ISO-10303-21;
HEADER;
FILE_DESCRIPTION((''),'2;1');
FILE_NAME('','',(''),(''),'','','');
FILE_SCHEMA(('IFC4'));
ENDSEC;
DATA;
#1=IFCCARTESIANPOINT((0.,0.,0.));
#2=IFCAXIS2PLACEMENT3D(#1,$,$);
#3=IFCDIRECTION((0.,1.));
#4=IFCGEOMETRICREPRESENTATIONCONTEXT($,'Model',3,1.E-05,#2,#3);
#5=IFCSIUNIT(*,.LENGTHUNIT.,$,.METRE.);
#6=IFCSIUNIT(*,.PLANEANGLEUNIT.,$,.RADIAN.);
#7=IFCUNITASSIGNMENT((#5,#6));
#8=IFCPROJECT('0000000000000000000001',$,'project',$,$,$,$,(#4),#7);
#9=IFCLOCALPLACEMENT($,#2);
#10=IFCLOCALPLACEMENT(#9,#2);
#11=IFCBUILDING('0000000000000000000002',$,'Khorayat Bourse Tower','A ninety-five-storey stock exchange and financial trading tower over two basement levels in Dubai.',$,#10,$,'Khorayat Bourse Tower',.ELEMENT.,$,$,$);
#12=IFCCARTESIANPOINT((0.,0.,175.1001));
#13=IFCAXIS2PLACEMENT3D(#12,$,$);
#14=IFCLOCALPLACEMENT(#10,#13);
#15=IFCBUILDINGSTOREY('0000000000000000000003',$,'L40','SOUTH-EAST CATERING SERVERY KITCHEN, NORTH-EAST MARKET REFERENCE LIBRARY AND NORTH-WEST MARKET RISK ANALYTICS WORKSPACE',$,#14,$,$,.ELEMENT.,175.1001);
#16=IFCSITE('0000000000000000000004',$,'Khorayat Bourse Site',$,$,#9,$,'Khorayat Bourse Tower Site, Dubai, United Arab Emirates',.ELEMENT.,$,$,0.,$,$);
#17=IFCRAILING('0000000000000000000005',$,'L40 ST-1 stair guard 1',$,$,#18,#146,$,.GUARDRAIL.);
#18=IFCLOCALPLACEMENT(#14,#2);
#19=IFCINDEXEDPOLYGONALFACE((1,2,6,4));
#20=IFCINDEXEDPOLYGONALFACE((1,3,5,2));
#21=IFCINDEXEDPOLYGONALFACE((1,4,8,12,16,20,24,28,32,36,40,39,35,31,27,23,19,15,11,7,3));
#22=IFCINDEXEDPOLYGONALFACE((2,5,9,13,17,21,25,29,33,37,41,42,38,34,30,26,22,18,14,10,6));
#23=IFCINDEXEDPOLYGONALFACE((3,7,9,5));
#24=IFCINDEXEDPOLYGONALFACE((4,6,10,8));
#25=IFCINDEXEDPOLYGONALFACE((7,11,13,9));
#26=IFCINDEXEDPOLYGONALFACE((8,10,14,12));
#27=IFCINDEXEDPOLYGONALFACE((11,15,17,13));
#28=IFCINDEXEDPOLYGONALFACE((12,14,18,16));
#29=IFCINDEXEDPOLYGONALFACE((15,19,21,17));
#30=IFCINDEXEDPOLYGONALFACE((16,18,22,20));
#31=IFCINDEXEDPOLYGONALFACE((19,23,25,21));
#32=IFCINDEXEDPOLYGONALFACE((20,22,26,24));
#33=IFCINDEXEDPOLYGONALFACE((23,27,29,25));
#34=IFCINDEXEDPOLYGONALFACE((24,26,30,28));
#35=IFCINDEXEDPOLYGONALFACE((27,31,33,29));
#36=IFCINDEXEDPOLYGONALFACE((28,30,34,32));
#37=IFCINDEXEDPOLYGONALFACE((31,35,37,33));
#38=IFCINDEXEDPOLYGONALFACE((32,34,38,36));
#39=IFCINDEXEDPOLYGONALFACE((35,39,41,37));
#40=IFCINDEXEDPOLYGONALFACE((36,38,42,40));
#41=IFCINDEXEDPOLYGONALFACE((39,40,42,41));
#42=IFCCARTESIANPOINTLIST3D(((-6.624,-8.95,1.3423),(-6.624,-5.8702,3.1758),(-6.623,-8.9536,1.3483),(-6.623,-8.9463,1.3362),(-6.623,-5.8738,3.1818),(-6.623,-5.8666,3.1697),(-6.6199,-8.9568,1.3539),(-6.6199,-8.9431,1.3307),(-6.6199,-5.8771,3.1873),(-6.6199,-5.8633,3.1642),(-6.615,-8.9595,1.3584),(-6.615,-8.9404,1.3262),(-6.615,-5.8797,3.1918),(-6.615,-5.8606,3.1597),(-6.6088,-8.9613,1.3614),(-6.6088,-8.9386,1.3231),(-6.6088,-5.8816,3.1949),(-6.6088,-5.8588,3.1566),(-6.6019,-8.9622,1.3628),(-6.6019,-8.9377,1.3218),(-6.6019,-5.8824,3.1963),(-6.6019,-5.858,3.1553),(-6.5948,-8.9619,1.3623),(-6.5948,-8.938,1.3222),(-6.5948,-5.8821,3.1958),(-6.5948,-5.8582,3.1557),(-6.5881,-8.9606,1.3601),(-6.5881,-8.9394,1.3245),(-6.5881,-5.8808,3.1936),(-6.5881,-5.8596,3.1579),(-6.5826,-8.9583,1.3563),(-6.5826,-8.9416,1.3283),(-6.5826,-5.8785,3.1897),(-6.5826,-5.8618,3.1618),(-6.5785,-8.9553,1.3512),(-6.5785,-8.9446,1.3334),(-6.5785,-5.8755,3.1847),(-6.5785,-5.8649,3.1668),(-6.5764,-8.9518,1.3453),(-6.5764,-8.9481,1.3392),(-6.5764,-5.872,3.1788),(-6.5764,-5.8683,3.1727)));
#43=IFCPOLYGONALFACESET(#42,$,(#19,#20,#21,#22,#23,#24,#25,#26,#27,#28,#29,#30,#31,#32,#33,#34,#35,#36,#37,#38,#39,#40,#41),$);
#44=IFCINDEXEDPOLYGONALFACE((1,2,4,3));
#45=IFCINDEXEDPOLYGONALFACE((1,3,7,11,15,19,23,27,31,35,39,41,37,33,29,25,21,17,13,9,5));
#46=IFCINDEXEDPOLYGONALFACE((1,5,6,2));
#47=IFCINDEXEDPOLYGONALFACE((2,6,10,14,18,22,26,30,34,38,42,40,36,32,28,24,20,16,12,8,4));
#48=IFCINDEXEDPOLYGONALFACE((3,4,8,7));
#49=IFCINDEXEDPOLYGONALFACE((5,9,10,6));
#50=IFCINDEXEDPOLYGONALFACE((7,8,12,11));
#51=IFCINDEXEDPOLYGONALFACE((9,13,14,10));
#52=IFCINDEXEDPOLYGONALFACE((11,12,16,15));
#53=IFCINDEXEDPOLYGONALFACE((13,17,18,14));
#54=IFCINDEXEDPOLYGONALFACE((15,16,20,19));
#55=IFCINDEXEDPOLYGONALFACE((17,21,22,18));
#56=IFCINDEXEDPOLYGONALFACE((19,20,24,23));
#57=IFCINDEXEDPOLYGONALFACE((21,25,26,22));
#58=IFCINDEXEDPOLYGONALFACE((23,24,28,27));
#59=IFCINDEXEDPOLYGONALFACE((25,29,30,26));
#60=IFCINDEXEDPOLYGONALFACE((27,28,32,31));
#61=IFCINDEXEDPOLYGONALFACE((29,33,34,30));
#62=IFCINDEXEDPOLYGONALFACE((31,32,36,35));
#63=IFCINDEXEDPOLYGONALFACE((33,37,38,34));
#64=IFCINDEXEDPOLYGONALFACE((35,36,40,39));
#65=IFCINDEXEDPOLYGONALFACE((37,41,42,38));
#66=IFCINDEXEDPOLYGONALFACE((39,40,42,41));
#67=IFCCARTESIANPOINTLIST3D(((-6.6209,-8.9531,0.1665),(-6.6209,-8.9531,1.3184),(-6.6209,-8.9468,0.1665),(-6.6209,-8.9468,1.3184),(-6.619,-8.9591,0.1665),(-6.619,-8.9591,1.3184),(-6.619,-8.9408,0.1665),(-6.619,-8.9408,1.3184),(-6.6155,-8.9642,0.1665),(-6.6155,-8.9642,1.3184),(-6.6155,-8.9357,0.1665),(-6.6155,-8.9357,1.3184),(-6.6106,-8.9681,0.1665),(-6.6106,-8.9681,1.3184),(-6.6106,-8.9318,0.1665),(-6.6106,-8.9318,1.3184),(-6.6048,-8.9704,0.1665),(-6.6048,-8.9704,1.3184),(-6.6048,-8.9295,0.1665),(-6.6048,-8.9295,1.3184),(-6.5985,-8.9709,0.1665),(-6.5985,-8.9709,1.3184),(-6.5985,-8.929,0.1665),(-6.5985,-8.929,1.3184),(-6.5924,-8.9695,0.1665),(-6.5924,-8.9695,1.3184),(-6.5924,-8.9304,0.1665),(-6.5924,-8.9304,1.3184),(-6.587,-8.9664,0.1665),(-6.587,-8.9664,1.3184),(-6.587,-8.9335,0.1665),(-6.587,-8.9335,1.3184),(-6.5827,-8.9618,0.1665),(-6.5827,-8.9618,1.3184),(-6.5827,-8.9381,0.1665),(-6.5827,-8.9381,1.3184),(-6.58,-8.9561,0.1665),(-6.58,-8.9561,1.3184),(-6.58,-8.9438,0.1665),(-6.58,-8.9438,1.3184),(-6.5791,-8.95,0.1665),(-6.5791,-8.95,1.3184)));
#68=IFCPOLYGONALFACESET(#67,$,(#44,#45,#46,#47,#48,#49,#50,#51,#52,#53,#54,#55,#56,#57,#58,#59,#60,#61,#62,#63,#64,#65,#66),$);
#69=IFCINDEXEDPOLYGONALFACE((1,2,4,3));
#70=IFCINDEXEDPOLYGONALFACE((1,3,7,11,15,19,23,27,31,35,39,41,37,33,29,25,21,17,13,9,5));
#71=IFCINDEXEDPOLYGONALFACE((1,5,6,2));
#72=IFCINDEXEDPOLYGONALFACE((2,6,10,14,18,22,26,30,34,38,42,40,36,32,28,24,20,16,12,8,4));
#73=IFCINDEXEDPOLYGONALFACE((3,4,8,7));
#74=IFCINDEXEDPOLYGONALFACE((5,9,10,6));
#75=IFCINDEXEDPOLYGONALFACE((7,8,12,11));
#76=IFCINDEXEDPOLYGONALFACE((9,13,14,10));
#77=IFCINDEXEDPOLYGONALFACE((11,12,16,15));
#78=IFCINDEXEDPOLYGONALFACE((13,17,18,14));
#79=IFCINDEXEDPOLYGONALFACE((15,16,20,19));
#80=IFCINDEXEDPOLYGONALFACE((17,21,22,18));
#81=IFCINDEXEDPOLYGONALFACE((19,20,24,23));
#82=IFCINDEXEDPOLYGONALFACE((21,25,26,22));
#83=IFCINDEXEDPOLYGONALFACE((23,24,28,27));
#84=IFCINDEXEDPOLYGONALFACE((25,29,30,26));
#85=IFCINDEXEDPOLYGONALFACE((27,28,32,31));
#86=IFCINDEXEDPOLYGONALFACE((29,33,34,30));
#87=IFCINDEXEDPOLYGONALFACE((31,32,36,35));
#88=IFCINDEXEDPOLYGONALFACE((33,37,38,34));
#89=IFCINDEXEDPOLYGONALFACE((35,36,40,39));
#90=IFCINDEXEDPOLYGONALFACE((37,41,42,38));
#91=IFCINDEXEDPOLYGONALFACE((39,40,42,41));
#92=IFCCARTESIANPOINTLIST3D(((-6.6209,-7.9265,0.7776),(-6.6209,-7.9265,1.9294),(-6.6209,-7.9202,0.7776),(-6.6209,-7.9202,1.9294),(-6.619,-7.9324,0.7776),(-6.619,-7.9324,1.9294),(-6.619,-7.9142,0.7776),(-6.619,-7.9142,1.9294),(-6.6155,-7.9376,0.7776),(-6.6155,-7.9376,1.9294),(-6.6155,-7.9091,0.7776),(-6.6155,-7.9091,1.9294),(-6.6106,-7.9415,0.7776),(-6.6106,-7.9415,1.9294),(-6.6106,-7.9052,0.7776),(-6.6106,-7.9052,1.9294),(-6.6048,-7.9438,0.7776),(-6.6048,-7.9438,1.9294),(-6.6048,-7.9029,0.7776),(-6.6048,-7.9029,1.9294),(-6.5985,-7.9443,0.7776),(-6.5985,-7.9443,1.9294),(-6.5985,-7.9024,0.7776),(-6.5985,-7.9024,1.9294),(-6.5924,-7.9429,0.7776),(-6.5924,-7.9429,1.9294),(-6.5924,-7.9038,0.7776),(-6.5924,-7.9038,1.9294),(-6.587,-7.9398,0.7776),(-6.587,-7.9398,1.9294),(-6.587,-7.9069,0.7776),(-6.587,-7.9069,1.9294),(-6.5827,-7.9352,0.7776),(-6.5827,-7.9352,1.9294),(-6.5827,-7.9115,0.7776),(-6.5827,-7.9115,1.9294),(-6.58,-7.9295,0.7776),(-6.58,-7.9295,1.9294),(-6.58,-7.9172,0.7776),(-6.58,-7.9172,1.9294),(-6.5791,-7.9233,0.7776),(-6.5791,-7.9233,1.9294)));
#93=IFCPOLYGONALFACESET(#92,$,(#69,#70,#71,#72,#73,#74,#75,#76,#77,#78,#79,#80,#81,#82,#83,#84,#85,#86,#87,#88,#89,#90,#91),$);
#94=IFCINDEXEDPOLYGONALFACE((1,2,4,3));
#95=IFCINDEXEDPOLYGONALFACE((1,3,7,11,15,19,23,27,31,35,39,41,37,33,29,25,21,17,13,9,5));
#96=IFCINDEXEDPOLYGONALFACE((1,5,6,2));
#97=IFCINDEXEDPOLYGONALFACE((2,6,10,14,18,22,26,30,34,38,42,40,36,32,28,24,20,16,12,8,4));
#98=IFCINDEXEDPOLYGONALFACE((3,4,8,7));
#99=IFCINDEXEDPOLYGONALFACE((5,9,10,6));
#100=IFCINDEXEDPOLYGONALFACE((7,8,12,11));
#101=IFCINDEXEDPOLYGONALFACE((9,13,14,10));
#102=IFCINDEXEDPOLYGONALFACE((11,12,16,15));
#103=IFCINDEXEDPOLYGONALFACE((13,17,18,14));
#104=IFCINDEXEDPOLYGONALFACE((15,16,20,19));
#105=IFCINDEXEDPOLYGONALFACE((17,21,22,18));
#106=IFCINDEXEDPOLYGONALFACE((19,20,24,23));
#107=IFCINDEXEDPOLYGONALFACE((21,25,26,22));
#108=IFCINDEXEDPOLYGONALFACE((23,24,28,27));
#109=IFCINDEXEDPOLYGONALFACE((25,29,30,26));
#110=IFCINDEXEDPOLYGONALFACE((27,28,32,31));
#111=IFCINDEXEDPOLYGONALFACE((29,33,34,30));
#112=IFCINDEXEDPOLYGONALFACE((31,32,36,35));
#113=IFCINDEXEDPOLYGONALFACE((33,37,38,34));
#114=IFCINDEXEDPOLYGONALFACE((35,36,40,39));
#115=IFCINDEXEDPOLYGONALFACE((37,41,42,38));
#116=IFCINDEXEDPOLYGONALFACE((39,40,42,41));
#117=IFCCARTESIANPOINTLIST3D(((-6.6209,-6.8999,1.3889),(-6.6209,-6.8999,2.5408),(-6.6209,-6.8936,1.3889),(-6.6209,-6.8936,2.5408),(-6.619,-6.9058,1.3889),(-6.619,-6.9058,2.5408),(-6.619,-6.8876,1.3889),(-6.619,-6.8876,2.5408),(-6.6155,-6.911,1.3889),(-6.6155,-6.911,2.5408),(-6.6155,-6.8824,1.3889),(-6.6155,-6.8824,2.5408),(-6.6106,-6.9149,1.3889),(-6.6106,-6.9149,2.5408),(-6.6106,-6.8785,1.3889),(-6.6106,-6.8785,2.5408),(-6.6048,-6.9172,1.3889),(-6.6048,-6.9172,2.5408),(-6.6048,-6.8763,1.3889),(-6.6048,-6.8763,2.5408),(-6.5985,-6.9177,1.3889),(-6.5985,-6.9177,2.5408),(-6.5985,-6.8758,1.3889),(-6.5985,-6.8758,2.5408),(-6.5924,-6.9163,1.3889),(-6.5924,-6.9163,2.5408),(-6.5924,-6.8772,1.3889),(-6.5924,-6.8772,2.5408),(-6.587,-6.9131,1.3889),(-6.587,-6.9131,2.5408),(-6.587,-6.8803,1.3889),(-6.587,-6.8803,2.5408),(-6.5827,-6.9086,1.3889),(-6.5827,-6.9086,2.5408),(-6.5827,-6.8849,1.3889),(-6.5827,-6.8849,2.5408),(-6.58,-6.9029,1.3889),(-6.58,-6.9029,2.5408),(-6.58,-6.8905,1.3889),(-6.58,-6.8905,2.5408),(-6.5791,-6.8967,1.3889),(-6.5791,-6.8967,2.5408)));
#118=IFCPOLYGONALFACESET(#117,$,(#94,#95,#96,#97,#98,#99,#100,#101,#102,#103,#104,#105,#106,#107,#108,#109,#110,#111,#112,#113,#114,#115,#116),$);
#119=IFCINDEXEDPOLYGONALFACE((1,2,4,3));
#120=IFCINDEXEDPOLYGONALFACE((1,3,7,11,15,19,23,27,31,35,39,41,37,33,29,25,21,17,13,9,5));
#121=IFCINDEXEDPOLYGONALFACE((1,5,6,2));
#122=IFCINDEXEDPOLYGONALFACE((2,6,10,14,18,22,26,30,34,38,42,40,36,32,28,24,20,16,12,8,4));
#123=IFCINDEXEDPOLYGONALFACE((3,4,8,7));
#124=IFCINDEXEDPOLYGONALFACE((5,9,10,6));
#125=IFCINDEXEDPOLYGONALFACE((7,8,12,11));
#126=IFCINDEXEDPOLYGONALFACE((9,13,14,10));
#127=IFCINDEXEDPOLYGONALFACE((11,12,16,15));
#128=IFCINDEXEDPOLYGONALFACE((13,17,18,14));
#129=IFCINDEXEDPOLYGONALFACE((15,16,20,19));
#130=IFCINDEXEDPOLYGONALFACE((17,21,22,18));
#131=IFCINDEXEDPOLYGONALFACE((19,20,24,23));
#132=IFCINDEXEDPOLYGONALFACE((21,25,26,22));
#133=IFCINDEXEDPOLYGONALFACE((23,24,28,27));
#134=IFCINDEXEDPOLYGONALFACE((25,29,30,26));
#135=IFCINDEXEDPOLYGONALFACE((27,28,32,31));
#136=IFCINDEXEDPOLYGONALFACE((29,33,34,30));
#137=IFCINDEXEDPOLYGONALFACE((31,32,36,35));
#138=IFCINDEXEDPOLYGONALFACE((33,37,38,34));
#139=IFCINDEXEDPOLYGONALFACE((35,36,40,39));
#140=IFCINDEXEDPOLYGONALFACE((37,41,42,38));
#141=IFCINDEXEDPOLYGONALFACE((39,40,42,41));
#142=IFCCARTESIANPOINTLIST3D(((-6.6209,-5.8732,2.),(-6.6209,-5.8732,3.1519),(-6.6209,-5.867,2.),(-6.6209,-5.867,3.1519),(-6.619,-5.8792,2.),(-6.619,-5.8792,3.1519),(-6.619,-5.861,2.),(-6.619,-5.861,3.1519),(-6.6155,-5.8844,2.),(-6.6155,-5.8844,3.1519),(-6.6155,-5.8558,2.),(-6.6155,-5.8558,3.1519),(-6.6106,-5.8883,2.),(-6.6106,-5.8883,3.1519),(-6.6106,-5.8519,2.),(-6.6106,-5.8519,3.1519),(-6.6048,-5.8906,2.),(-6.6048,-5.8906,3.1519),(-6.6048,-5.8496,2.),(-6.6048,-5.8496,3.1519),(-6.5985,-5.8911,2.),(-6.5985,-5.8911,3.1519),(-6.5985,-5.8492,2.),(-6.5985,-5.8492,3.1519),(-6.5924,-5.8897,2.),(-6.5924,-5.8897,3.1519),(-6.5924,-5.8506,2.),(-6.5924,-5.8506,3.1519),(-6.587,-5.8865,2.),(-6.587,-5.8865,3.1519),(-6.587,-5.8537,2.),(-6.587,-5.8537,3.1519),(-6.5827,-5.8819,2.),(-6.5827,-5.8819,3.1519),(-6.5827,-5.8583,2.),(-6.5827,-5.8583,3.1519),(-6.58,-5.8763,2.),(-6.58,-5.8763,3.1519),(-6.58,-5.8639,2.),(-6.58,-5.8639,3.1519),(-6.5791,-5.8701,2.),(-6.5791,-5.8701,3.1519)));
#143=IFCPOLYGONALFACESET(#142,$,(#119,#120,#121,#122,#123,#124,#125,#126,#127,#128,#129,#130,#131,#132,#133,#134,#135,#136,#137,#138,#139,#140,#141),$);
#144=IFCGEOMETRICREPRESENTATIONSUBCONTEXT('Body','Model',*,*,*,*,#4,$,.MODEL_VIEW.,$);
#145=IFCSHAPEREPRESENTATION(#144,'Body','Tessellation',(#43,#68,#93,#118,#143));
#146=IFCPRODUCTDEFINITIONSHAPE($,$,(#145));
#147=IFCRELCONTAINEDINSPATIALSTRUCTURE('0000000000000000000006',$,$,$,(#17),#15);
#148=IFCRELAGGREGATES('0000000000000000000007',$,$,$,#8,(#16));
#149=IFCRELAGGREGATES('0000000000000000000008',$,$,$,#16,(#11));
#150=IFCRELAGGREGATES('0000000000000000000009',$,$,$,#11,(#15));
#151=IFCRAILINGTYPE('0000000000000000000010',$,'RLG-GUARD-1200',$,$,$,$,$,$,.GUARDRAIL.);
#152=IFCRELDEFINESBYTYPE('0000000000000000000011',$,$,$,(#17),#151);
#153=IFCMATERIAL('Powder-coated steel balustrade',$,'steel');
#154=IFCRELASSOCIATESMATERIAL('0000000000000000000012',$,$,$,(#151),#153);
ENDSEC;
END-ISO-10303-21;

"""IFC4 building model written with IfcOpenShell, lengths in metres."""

from ifc_helpers import new_model, si_unit, direction, frame, origin, origin_2d, place, context, subcontext, project, spatial, circle, extrude, source, transform, mapped, material, type_object, element, save


model = new_model("IFC4")

# Units and contexts
model_context = context("Model", 3, precision=1e-05, world=origin(), true_north=direction((0.0, 1.0)))
body_context = subcontext(model_context, "Body", "Model", "MODEL_VIEW")
ifc_project = project(units=[si_unit("LENGTHUNIT", "METRE"), si_unit("PLANEANGLEUNIT", "RADIAN")], contexts=[model_context])

# Site, building, storey
site_placement = place(None, origin())
site = spatial("IfcSite", under=ifc_project, at=site_placement, Name="Khorayat Bourse Site", LongName="Khorayat Bourse Tower Site, Dubai, United Arab Emirates", CompositionType="ELEMENT", RefElevation=0.0)
building_placement = place(site_placement, origin())
building = spatial("IfcBuilding", under=site, at=building_placement, Name="Khorayat Bourse Tower", Description="A ninety-five-storey stock exchange and financial trading tower over two basement levels in Dubai.", LongName="Khorayat Bourse Tower", CompositionType="ELEMENT")
storey_placement = place(building_placement, frame((0.0, 0.0, 175.1001)))
storey = spatial("IfcBuildingStorey", under=building, at=storey_placement, Name="L40", Description="SOUTH-EAST CATERING SERVERY KITCHEN, NORTH-EAST MARKET REFERENCE LIBRARY AND NORTH-WEST MARKET RISK ANALYTICS WORKSPACE", CompositionType="ELEMENT", Elevation=175.1001)

# Railing
ifc_material_1 = material(Name="Powder-coated steel balustrade", Category="steel")
railing_type_1 = type_object("IfcRailingType", Name="RLG-GUARD-1200", PredefinedType="GUARDRAIL", material=ifc_material_1)
shared_shape_1 = source(origin(), body_context, "Body", "SweptSolid", [
    extrude(circle(Radius=0.0239, at=origin_2d()), frame((0.0, 0.0, 1.1758), z_axis=(0.0, 0.859261, 0.511538), x_axis=(-1.0, 0.0, 0.0)), (0.0, 0.0, 1.0), 3.5842),
    extrude(circle(Radius=0.021, at=origin_2d()), origin(), (0.0, 0.0, 1.0), 1.1519),
    extrude(circle(Radius=0.021, at=origin_2d()), frame((0.0, 1.0266, 0.6111)), (0.0, 0.0, 1.0), 1.1519),
    extrude(circle(Radius=0.021, at=origin_2d()), frame((0.0, 2.0532, 1.2224)), (0.0, 0.0, 1.0), 1.1519),
    extrude(circle(Radius=0.021, at=origin_2d()), frame((0.0, 3.0798, 1.8335)), (0.0, 0.0, 1.0), 1.1519),
])
railing_1_placement = place(storey_placement, frame((-6.6001, -8.95, 0.1665)))
element("IfcRailing", 1, at=railing_1_placement, inside=storey, type_object=railing_type_1, Name="L40 ST-1 stair guard 1", PredefinedType="GUARDRAIL", context=body_context, shape_type="MappedRepresentation", body=[
    mapped(shared_shape_1, transform((0.0, 0.0, 0.0), scale=1.0)),
])

save(model, "model.ifc")
